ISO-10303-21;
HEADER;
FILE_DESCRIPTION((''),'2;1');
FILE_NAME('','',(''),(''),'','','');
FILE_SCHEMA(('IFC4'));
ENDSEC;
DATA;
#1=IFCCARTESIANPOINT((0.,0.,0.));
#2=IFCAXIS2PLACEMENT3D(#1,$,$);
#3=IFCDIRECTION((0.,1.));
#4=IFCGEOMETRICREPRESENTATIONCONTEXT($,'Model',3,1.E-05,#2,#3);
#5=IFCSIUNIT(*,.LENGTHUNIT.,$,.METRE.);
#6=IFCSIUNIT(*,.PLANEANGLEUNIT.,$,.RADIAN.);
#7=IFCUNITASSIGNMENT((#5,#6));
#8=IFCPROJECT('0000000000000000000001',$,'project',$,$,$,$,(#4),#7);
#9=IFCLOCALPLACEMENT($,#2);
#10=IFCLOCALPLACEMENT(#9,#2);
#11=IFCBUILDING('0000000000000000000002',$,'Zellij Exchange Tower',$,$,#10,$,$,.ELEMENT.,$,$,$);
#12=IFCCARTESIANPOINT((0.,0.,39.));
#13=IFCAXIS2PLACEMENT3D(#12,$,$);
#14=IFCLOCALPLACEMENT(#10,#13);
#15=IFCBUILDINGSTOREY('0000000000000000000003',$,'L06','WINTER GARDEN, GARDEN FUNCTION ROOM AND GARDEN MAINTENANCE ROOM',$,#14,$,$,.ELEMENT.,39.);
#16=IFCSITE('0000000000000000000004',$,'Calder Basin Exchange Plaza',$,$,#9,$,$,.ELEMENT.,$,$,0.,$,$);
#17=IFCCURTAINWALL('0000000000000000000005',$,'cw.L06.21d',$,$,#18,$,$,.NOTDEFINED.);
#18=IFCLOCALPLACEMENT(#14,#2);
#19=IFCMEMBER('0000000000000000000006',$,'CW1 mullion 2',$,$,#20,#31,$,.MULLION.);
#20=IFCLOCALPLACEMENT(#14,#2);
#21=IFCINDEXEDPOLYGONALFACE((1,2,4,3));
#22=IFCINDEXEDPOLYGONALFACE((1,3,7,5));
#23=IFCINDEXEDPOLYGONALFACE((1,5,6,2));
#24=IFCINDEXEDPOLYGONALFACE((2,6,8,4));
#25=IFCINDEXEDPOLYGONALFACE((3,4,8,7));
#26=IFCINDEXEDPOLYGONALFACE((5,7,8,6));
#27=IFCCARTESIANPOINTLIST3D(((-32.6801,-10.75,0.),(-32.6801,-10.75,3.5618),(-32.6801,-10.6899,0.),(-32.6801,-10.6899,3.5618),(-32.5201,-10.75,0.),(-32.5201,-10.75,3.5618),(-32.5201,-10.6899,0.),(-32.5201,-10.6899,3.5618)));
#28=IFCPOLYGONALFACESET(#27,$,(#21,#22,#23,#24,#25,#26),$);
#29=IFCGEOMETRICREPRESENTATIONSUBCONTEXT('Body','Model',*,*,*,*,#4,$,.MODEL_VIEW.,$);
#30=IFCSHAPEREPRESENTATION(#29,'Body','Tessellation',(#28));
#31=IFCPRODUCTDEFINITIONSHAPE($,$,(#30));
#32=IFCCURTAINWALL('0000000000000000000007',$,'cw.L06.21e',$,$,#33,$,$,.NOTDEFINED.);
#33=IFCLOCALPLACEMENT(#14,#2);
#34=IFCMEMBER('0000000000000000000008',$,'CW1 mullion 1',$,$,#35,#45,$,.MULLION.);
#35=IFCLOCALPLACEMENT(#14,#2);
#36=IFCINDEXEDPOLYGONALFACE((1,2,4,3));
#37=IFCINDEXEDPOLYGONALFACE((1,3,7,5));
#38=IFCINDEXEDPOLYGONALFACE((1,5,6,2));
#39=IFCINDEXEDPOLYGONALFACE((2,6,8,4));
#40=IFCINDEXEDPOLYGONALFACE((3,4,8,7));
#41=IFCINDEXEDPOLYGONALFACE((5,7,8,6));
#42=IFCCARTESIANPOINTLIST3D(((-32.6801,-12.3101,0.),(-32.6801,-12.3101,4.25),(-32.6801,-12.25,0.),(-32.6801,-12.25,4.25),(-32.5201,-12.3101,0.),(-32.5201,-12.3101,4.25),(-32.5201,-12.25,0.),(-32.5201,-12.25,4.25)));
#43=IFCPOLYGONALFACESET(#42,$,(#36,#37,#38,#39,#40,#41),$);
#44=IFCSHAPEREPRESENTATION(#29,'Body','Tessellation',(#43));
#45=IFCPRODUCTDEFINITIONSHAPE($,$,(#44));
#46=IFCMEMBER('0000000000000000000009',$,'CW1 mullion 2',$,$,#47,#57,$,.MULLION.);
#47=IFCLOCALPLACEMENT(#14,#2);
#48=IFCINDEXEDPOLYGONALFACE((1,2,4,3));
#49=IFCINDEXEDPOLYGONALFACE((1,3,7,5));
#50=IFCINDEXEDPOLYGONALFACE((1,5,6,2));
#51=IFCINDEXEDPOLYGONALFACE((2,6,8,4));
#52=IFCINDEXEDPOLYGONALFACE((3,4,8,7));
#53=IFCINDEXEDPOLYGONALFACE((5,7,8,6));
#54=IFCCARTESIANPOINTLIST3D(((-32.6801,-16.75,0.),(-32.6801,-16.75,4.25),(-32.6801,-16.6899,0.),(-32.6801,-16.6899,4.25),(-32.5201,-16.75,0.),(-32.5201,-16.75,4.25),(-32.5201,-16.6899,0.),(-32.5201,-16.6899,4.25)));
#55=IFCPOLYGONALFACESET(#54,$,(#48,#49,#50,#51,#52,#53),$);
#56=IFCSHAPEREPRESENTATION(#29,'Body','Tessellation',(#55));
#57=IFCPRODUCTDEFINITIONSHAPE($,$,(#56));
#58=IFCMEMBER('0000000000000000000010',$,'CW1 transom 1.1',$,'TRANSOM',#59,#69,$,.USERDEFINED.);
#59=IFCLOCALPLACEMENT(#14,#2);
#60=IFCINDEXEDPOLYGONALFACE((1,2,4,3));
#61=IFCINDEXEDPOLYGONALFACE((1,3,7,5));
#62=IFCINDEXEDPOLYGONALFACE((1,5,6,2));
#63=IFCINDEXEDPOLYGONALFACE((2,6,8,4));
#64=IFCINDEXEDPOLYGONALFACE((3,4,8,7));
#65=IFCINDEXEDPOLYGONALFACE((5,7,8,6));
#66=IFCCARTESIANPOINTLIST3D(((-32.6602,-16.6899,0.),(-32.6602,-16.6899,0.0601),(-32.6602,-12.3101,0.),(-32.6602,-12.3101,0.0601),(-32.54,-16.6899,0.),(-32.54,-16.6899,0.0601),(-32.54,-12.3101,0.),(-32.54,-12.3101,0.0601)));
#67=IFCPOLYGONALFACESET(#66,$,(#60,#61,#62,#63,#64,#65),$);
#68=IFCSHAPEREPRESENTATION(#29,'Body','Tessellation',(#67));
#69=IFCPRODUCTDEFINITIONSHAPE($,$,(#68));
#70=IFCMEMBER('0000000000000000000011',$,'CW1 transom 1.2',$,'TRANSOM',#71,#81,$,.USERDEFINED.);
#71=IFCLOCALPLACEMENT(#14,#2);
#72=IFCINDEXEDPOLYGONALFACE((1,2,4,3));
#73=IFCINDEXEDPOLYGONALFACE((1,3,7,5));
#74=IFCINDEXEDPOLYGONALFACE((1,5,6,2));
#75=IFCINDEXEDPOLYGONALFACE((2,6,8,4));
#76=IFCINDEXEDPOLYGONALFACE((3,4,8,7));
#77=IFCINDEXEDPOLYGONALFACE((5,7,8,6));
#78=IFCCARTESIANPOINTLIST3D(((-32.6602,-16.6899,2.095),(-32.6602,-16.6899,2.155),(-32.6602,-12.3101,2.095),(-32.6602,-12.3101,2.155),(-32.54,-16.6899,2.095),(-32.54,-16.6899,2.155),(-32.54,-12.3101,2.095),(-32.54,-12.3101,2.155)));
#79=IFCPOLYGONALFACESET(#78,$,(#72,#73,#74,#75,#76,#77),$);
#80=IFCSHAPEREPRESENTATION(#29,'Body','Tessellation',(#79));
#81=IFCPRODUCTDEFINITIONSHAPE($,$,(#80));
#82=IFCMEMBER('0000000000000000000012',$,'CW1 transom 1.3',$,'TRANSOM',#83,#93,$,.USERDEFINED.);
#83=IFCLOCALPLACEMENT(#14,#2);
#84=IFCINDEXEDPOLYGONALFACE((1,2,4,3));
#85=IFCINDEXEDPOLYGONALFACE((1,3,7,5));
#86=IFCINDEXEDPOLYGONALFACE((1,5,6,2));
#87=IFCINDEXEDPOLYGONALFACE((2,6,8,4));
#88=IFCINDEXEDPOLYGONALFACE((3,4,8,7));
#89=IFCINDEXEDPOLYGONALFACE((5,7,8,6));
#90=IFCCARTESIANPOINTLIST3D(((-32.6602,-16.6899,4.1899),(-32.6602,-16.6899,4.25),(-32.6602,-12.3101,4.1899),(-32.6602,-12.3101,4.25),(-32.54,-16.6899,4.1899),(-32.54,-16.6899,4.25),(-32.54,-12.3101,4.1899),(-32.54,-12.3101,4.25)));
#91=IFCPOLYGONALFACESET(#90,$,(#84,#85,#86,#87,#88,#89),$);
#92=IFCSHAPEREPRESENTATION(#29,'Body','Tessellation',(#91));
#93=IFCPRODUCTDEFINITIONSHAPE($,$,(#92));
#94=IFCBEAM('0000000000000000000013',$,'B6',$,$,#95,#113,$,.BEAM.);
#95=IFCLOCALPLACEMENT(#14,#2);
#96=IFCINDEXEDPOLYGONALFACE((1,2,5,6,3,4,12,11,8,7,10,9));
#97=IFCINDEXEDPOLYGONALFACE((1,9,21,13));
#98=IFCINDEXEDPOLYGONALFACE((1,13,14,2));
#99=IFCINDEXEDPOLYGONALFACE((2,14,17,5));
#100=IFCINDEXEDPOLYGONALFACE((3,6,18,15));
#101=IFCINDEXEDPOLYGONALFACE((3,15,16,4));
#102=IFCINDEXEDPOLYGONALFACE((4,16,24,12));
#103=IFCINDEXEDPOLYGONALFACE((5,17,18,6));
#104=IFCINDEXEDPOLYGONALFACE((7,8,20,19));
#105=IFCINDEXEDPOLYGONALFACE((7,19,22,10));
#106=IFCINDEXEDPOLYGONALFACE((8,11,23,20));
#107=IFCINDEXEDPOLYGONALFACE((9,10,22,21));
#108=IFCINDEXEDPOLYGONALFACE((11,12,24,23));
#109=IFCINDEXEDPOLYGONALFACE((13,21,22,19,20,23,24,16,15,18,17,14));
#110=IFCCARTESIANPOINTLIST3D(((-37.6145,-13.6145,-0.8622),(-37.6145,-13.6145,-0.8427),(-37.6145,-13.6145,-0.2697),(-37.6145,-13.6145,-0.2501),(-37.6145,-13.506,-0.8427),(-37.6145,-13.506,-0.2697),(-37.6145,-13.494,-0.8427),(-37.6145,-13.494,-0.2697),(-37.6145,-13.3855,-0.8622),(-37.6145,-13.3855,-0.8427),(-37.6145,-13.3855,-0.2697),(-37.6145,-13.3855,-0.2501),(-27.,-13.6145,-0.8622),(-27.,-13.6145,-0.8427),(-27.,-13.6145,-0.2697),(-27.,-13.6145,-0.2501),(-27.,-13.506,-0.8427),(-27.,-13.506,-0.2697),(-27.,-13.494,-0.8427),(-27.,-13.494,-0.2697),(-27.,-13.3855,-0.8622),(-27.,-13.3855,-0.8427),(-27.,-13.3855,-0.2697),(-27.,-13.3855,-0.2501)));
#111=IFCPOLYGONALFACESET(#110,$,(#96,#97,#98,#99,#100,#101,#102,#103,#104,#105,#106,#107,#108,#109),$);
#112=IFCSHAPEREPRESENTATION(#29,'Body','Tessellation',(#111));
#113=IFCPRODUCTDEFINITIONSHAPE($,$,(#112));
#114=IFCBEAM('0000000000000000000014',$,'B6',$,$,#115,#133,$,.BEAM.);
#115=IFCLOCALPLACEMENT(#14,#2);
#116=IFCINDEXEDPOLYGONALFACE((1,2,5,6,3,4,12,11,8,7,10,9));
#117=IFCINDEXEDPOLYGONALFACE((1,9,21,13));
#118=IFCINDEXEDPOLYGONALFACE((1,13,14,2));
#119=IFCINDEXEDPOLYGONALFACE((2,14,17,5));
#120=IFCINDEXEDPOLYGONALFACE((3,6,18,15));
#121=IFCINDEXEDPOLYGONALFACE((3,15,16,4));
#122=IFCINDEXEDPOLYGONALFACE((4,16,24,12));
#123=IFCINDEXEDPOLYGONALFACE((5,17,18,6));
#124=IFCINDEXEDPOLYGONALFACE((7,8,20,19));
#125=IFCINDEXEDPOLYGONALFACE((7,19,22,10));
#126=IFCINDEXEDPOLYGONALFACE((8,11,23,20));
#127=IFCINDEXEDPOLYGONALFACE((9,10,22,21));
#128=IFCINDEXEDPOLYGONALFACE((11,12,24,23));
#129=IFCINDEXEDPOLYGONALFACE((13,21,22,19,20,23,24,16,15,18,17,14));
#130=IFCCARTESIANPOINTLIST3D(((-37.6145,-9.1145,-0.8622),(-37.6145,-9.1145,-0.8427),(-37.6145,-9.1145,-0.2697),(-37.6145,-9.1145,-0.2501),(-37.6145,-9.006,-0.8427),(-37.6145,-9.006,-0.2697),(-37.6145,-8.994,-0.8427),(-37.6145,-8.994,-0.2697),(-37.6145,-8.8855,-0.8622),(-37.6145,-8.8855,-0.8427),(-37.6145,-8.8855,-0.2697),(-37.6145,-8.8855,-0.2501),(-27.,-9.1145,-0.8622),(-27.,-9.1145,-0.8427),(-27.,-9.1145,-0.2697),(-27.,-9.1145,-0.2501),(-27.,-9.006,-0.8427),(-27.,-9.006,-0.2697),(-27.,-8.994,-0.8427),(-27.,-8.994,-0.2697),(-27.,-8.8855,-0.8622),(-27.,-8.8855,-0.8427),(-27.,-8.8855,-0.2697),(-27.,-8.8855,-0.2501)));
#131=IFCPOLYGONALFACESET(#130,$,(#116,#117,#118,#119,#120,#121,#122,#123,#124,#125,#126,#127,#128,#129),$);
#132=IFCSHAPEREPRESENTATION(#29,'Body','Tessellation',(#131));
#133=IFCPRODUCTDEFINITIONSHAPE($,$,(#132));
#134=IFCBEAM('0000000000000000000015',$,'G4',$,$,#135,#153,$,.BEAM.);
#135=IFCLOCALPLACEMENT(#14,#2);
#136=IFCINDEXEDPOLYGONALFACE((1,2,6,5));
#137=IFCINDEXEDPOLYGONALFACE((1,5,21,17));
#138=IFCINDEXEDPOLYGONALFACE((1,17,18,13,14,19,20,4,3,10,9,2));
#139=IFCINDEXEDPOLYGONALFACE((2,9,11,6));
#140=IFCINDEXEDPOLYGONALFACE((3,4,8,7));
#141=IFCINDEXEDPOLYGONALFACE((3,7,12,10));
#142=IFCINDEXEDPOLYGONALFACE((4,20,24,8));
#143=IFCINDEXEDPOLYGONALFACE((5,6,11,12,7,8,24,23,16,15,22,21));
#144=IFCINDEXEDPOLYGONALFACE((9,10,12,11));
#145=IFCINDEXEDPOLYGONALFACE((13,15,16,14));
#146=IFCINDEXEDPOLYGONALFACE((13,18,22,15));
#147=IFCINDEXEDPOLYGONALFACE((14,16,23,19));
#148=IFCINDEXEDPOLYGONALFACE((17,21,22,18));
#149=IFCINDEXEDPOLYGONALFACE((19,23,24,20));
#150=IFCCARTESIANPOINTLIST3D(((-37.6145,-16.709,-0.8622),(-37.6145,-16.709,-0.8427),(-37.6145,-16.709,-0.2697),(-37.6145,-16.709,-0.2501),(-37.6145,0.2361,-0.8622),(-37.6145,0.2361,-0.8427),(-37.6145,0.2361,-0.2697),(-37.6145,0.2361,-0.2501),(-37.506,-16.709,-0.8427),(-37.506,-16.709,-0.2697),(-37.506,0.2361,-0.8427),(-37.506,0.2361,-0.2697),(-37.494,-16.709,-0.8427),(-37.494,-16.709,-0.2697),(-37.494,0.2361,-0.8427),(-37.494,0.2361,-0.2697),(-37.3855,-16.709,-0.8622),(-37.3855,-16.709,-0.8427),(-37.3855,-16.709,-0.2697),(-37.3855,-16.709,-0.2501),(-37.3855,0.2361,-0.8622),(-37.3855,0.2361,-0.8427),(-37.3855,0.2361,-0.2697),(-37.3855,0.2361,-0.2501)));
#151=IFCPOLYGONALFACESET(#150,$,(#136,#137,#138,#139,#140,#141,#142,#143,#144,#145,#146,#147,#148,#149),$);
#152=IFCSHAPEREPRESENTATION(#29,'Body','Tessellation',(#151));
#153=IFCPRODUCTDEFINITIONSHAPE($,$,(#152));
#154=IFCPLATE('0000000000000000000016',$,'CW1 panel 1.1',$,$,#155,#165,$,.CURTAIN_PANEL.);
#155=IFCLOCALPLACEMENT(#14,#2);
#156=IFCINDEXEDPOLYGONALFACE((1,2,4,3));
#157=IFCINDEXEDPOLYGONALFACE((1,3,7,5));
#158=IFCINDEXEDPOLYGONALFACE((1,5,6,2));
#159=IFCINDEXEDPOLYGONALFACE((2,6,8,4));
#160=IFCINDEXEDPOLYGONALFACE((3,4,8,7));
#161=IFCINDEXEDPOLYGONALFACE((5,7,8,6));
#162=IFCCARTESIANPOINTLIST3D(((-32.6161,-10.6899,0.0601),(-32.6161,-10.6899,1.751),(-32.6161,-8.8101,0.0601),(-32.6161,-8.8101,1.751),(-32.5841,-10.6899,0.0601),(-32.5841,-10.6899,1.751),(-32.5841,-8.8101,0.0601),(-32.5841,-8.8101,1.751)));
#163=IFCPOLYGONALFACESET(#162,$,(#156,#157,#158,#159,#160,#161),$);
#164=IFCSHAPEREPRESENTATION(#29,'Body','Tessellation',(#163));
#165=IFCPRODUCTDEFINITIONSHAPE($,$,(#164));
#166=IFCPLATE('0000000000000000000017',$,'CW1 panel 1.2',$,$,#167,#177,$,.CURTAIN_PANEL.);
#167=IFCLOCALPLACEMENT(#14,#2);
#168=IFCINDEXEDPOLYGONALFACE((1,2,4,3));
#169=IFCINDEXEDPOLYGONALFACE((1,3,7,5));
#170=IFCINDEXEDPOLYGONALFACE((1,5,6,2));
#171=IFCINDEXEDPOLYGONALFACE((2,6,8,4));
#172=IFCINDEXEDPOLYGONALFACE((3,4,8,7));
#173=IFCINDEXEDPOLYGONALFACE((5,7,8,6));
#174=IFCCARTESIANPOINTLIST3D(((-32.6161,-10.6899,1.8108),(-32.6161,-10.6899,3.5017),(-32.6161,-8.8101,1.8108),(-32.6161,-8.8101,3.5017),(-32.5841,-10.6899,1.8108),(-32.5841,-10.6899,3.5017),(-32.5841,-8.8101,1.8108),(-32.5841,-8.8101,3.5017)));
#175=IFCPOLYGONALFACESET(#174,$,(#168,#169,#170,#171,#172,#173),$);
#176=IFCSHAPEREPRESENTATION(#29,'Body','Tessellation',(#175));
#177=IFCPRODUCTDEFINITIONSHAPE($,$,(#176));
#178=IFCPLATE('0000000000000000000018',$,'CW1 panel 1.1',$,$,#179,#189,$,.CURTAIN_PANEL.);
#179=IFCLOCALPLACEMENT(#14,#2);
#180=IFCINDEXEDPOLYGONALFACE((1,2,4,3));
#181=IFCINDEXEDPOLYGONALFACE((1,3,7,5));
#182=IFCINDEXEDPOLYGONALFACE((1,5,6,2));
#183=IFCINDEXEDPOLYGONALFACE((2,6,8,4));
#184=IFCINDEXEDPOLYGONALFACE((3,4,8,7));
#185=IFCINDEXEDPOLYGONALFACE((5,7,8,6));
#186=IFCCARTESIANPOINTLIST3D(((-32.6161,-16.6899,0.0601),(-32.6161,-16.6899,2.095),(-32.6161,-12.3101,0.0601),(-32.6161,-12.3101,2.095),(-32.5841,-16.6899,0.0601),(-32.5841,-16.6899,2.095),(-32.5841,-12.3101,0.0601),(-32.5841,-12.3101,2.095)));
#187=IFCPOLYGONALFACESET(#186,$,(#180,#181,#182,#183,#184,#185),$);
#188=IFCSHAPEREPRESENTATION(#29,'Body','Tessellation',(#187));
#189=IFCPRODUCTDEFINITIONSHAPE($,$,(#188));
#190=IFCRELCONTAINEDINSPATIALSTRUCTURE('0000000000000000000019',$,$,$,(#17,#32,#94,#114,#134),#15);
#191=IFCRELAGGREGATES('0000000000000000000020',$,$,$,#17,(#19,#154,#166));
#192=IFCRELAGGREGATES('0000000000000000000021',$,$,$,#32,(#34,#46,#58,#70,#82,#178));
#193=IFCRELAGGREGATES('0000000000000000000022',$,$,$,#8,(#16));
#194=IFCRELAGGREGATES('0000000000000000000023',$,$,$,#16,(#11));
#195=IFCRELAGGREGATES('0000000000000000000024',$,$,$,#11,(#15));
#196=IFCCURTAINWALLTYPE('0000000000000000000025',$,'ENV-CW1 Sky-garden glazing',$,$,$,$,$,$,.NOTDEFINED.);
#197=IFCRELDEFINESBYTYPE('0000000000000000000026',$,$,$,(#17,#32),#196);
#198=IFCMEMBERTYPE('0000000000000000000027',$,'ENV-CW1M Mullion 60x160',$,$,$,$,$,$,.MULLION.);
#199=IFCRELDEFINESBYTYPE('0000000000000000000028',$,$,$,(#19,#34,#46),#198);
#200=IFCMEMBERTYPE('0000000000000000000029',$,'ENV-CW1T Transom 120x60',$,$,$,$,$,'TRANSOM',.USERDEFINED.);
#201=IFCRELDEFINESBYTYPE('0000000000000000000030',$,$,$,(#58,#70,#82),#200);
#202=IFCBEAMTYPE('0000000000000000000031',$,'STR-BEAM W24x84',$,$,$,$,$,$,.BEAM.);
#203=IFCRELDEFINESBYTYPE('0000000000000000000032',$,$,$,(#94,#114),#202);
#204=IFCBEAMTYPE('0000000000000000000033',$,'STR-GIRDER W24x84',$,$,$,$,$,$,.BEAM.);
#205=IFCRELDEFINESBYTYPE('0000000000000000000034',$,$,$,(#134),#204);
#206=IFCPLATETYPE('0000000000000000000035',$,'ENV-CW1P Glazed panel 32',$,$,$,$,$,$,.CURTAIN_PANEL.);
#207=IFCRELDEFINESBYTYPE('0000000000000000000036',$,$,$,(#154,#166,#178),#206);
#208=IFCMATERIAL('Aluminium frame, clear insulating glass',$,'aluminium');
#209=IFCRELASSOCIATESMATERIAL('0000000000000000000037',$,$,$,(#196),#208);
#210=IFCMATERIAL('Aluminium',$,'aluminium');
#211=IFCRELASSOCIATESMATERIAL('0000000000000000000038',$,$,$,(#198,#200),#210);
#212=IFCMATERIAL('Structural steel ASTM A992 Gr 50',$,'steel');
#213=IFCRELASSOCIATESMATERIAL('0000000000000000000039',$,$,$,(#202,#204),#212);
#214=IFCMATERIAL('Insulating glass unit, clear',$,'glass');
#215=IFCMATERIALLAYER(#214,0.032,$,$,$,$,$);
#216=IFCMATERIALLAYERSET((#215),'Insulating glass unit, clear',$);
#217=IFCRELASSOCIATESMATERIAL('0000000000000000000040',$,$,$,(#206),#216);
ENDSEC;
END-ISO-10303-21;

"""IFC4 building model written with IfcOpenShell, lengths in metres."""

from ifc_helpers import new_model, si_unit, direction, frame, origin, origin_2d, place, context, subcontext, project, spatial, rectangle, i_section, extrude, material, layer, layer_set, material_profile, profile_set, type_object, element, aggregate, save


model = new_model("IFC4")

# Units and contexts
model_context = context("Model", 3, precision=1e-05, world=origin(), true_north=direction((0.0, 1.0)))
body_context = subcontext(model_context, "Body", "Model", "MODEL_VIEW")
ifc_project = project(units=[si_unit("LENGTHUNIT", "METRE"), si_unit("PLANEANGLEUNIT", "RADIAN")], contexts=[model_context])

# Site, building, storey
site_placement = place(None, origin())
site = spatial("IfcSite", under=ifc_project, at=site_placement, Name="Calder Basin Exchange Plaza", CompositionType="ELEMENT", RefElevation=0.0)
building_placement = place(site_placement, origin())
building = spatial("IfcBuilding", under=site, at=building_placement, Name="Zellij Exchange Tower", CompositionType="ELEMENT")
storey_placement = place(building_placement, frame((0.0, 0.0, 39.0)))
storey = spatial("IfcBuildingStorey", under=building, at=storey_placement, Name="L06", Description="WINTER GARDEN, GARDEN FUNCTION ROOM AND GARDEN MAINTENANCE ROOM", CompositionType="ELEMENT", Elevation=39.0)

# Curtain wall, member
ifc_material_1 = material(Name="Aluminium frame, clear insulating glass", Category="aluminium")
curtain_wall_type = type_object("IfcCurtainWallType", Name="ENV-CW1 Sky-garden glazing", PredefinedType="NOTDEFINED", material=ifc_material_1)
curtain_wall_1_placement = place(storey_placement, origin())
curtain_wall_1 = element("IfcCurtainWall", 1, at=curtain_wall_1_placement, inside=storey, type_object=curtain_wall_type, Name="cw.L06.21d", PredefinedType="NOTDEFINED")
ifc_material_2 = material(Name="Aluminium", Category="aluminium")
ifc_material_profile_1 = material_profile(ifc_material_2, rectangle(XDim=0.0601, YDim=0.1599, at=origin_2d()), Name="AL 60x160")
ifc_profile_set_1 = profile_set([ifc_material_profile_1], Name="Aluminium")
member_type_1 = type_object("IfcMemberType", Name="ENV-CW1M Mullion 60x160", PredefinedType="MULLION", material=ifc_profile_set_1)
member_1_placement = place(storey_placement, frame((-32.6001, -10.72, 0.0), z_axis=(0.0, 0.0, 1.0), x_axis=(0.0, -1.0, 0.0)))
member_1 = element("IfcMember", 2, at=member_1_placement, type_object=member_type_1, Name="CW1 mullion 2", PredefinedType="MULLION", context=body_context, shape_type="SweptSolid", body=[
    extrude(rectangle(XDim=0.0601, YDim=0.1599, at=origin_2d()), origin(), (0.0, 0.0, 1.0), 3.5618),
])

# Curtain wall, members
curtain_wall_2_placement = place(storey_placement, origin())
curtain_wall_2 = element("IfcCurtainWall", 3, at=curtain_wall_2_placement, inside=storey, type_object=curtain_wall_type, Name="cw.L06.21e", PredefinedType="NOTDEFINED")
member_2_placement = place(storey_placement, frame((-32.6001, -12.28, 0.0), z_axis=(0.0, 0.0, 1.0), x_axis=(0.0, -1.0, 0.0)))
member_2 = element("IfcMember", 4, at=member_2_placement, type_object=member_type_1, Name="CW1 mullion 1", PredefinedType="MULLION", context=body_context, shape_type="SweptSolid", body=[
    extrude(rectangle(XDim=0.0601, YDim=0.1599, at=origin_2d()), origin(), (0.0, 0.0, 1.0), 4.25),
])
member_3_placement = place(storey_placement, frame((-32.6001, -16.72, 0.0), z_axis=(0.0, 0.0, 1.0), x_axis=(0.0, -1.0, 0.0)))
member_3 = element("IfcMember", 5, at=member_3_placement, type_object=member_type_1, Name="CW1 mullion 2", PredefinedType="MULLION", context=body_context, shape_type="SweptSolid", body=[
    extrude(rectangle(XDim=0.0601, YDim=0.1599, at=origin_2d()), origin(), (0.0, 0.0, 1.0), 4.25),
])
ifc_material_profile_2 = material_profile(ifc_material_2, rectangle(XDim=0.1201, YDim=0.0601, at=origin_2d()), Name="AL 120x60")
ifc_profile_set_2 = profile_set([ifc_material_profile_2], Name="Aluminium")
member_type_2 = type_object("IfcMemberType", Name="ENV-CW1T Transom 120x60", ElementType="TRANSOM", PredefinedType="USERDEFINED", material=ifc_profile_set_2)
member_4_placement = place(storey_placement, frame((-32.6001, -12.3101, 0.03), z_axis=(0.0, -1.0, 0.0), x_axis=(1.0, 0.0, 0.0)))
member_4 = element("IfcMember", 6, at=member_4_placement, type_object=member_type_2, Name="CW1 transom 1.1", ObjectType="TRANSOM", PredefinedType="USERDEFINED", context=body_context, shape_type="SweptSolid", body=[
    extrude(rectangle(XDim=0.1201, YDim=0.0601, at=origin_2d()), origin(), (0.0, 0.0, 1.0), 4.3799),
])
member_5_placement = place(storey_placement, frame((-32.6001, -12.3101, 2.125), z_axis=(0.0, -1.0, 0.0), x_axis=(1.0, 0.0, 0.0)))
member_5 = element("IfcMember", 7, at=member_5_placement, type_object=member_type_2, Name="CW1 transom 1.2", ObjectType="TRANSOM", PredefinedType="USERDEFINED", context=body_context, shape_type="SweptSolid", body=[
    extrude(rectangle(XDim=0.1201, YDim=0.0601, at=origin_2d()), origin(), (0.0, 0.0, 1.0), 4.3799),
])
member_6_placement = place(storey_placement, frame((-32.6001, -12.3101, 4.22), z_axis=(0.0, -1.0, 0.0), x_axis=(1.0, 0.0, 0.0)))
member_6 = element("IfcMember", 8, at=member_6_placement, type_object=member_type_2, Name="CW1 transom 1.3", ObjectType="TRANSOM", PredefinedType="USERDEFINED", context=body_context, shape_type="SweptSolid", body=[
    extrude(rectangle(XDim=0.1201, YDim=0.0601, at=origin_2d()), origin(), (0.0, 0.0, 1.0), 4.3799),
])

# Beams
ifc_material_3 = material(Name="Structural steel ASTM A992 Gr 50", Category="steel")
ifc_material_profile_3 = material_profile(ifc_material_3, i_section(OverallWidth=0.229, OverallDepth=0.6121, WebThickness=0.012, FlangeThickness=0.0195, at=origin_2d()), Name="W24x84")
ifc_profile_set_3 = profile_set([ifc_material_profile_3], Name="Structural steel ASTM A992 Gr 50")
beam_type_1 = type_object("IfcBeamType", Name="STR-BEAM W24x84", PredefinedType="BEAM", material=ifc_profile_set_3)
for number, where, z_axis, x_axis, name in (
    (9, (-37.6145, -13.5, -0.5562), (1.0, 0.0, 0.0), (0.0, 1.0, 0.0), "B6"),
    (10, (-37.6145, -9.0, -0.5562), (1.0, 0.0, 0.0), (0.0, 1.0, 0.0), "B6"),
):
    element("IfcBeam", number, at=place(storey_placement, frame(where, z_axis=z_axis, x_axis=x_axis)), inside=storey, type_object=beam_type_1, Name=name, PredefinedType="BEAM", context=body_context, shape_type="SweptSolid", body=[
        extrude(i_section(OverallWidth=0.229, OverallDepth=0.6121, WebThickness=0.012, FlangeThickness=0.0195, at=origin_2d()), origin(), (0.0, 0.0, 1.0), 10.6145),
    ])
ifc_material_profile_4 = material_profile(ifc_material_3, i_section(OverallWidth=0.229, OverallDepth=0.6121, WebThickness=0.012, FlangeThickness=0.0195, at=origin_2d()), Name="W24x84")
ifc_profile_set_4 = profile_set([ifc_material_profile_4], Name="Structural steel ASTM A992 Gr 50")
beam_type_2 = type_object("IfcBeamType", Name="STR-GIRDER W24x84", PredefinedType="BEAM", material=ifc_profile_set_4)
beam_placement = place(storey_placement, frame((-37.5, -16.709, -0.5562), z_axis=(0.0, 1.0, 0.0), x_axis=(-1.0, 0.0, 0.0)))
element("IfcBeam", 11, at=beam_placement, inside=storey, type_object=beam_type_2, Name="G4", PredefinedType="BEAM", context=body_context, shape_type="SweptSolid", body=[
    extrude(i_section(OverallWidth=0.229, OverallDepth=0.6121, WebThickness=0.012, FlangeThickness=0.0195, at=origin_2d()), origin(), (0.0, 0.0, 1.0), 16.9451),
])

# Plates
ifc_material_4 = material(Name="Insulating glass unit, clear", Category="glass")
ifc_layer_1 = layer(ifc_material_4, 0.032)
ifc_layer_set_1 = layer_set([ifc_layer_1], Name="Insulating glass unit, clear")
plate_type = type_object("IfcPlateType", Name="ENV-CW1P Glazed panel 32", PredefinedType="CURTAIN_PANEL", material=ifc_layer_set_1)
plate_1_placement = place(storey_placement, frame((-32.6001, -9.75, 0.0601), z_axis=(0.0, 0.0, 1.0), x_axis=(0.0, -1.0, 0.0)))
plate_1 = element("IfcPlate", 12, at=plate_1_placement, type_object=plate_type, Name="CW1 panel 1.1", PredefinedType="CURTAIN_PANEL", context=body_context, shape_type="SweptSolid", body=[
    extrude(rectangle(XDim=1.8799, YDim=0.032, at=origin_2d()), origin(), (0.0, 0.0, 1.0), 1.6909),
])
plate_2_placement = place(storey_placement, frame((-32.6001, -9.75, 1.8108), z_axis=(0.0, 0.0, 1.0), x_axis=(0.0, -1.0, 0.0)))
plate_2 = element("IfcPlate", 13, at=plate_2_placement, type_object=plate_type, Name="CW1 panel 1.2", PredefinedType="CURTAIN_PANEL", context=body_context, shape_type="SweptSolid", body=[
    extrude(rectangle(XDim=1.8799, YDim=0.032, at=origin_2d()), origin(), (0.0, 0.0, 1.0), 1.6909),
])
aggregate(curtain_wall_1, [member_1, plate_1, plate_2])
plate_3_placement = place(storey_placement, frame((-32.6001, -14.5, 0.0601), z_axis=(0.0, 0.0, 1.0), x_axis=(0.0, -1.0, 0.0)))
plate_3 = element("IfcPlate", 14, at=plate_3_placement, type_object=plate_type, Name="CW1 panel 1.1", PredefinedType="CURTAIN_PANEL", context=body_context, shape_type="SweptSolid", body=[
    extrude(rectangle(XDim=4.3799, YDim=0.032, at=origin_2d()), origin(), (0.0, 0.0, 1.0), 2.0349),
])
aggregate(curtain_wall_2, [member_2, member_3, member_4, member_5, member_6, plate_3])

save(model, "model.ifc")
